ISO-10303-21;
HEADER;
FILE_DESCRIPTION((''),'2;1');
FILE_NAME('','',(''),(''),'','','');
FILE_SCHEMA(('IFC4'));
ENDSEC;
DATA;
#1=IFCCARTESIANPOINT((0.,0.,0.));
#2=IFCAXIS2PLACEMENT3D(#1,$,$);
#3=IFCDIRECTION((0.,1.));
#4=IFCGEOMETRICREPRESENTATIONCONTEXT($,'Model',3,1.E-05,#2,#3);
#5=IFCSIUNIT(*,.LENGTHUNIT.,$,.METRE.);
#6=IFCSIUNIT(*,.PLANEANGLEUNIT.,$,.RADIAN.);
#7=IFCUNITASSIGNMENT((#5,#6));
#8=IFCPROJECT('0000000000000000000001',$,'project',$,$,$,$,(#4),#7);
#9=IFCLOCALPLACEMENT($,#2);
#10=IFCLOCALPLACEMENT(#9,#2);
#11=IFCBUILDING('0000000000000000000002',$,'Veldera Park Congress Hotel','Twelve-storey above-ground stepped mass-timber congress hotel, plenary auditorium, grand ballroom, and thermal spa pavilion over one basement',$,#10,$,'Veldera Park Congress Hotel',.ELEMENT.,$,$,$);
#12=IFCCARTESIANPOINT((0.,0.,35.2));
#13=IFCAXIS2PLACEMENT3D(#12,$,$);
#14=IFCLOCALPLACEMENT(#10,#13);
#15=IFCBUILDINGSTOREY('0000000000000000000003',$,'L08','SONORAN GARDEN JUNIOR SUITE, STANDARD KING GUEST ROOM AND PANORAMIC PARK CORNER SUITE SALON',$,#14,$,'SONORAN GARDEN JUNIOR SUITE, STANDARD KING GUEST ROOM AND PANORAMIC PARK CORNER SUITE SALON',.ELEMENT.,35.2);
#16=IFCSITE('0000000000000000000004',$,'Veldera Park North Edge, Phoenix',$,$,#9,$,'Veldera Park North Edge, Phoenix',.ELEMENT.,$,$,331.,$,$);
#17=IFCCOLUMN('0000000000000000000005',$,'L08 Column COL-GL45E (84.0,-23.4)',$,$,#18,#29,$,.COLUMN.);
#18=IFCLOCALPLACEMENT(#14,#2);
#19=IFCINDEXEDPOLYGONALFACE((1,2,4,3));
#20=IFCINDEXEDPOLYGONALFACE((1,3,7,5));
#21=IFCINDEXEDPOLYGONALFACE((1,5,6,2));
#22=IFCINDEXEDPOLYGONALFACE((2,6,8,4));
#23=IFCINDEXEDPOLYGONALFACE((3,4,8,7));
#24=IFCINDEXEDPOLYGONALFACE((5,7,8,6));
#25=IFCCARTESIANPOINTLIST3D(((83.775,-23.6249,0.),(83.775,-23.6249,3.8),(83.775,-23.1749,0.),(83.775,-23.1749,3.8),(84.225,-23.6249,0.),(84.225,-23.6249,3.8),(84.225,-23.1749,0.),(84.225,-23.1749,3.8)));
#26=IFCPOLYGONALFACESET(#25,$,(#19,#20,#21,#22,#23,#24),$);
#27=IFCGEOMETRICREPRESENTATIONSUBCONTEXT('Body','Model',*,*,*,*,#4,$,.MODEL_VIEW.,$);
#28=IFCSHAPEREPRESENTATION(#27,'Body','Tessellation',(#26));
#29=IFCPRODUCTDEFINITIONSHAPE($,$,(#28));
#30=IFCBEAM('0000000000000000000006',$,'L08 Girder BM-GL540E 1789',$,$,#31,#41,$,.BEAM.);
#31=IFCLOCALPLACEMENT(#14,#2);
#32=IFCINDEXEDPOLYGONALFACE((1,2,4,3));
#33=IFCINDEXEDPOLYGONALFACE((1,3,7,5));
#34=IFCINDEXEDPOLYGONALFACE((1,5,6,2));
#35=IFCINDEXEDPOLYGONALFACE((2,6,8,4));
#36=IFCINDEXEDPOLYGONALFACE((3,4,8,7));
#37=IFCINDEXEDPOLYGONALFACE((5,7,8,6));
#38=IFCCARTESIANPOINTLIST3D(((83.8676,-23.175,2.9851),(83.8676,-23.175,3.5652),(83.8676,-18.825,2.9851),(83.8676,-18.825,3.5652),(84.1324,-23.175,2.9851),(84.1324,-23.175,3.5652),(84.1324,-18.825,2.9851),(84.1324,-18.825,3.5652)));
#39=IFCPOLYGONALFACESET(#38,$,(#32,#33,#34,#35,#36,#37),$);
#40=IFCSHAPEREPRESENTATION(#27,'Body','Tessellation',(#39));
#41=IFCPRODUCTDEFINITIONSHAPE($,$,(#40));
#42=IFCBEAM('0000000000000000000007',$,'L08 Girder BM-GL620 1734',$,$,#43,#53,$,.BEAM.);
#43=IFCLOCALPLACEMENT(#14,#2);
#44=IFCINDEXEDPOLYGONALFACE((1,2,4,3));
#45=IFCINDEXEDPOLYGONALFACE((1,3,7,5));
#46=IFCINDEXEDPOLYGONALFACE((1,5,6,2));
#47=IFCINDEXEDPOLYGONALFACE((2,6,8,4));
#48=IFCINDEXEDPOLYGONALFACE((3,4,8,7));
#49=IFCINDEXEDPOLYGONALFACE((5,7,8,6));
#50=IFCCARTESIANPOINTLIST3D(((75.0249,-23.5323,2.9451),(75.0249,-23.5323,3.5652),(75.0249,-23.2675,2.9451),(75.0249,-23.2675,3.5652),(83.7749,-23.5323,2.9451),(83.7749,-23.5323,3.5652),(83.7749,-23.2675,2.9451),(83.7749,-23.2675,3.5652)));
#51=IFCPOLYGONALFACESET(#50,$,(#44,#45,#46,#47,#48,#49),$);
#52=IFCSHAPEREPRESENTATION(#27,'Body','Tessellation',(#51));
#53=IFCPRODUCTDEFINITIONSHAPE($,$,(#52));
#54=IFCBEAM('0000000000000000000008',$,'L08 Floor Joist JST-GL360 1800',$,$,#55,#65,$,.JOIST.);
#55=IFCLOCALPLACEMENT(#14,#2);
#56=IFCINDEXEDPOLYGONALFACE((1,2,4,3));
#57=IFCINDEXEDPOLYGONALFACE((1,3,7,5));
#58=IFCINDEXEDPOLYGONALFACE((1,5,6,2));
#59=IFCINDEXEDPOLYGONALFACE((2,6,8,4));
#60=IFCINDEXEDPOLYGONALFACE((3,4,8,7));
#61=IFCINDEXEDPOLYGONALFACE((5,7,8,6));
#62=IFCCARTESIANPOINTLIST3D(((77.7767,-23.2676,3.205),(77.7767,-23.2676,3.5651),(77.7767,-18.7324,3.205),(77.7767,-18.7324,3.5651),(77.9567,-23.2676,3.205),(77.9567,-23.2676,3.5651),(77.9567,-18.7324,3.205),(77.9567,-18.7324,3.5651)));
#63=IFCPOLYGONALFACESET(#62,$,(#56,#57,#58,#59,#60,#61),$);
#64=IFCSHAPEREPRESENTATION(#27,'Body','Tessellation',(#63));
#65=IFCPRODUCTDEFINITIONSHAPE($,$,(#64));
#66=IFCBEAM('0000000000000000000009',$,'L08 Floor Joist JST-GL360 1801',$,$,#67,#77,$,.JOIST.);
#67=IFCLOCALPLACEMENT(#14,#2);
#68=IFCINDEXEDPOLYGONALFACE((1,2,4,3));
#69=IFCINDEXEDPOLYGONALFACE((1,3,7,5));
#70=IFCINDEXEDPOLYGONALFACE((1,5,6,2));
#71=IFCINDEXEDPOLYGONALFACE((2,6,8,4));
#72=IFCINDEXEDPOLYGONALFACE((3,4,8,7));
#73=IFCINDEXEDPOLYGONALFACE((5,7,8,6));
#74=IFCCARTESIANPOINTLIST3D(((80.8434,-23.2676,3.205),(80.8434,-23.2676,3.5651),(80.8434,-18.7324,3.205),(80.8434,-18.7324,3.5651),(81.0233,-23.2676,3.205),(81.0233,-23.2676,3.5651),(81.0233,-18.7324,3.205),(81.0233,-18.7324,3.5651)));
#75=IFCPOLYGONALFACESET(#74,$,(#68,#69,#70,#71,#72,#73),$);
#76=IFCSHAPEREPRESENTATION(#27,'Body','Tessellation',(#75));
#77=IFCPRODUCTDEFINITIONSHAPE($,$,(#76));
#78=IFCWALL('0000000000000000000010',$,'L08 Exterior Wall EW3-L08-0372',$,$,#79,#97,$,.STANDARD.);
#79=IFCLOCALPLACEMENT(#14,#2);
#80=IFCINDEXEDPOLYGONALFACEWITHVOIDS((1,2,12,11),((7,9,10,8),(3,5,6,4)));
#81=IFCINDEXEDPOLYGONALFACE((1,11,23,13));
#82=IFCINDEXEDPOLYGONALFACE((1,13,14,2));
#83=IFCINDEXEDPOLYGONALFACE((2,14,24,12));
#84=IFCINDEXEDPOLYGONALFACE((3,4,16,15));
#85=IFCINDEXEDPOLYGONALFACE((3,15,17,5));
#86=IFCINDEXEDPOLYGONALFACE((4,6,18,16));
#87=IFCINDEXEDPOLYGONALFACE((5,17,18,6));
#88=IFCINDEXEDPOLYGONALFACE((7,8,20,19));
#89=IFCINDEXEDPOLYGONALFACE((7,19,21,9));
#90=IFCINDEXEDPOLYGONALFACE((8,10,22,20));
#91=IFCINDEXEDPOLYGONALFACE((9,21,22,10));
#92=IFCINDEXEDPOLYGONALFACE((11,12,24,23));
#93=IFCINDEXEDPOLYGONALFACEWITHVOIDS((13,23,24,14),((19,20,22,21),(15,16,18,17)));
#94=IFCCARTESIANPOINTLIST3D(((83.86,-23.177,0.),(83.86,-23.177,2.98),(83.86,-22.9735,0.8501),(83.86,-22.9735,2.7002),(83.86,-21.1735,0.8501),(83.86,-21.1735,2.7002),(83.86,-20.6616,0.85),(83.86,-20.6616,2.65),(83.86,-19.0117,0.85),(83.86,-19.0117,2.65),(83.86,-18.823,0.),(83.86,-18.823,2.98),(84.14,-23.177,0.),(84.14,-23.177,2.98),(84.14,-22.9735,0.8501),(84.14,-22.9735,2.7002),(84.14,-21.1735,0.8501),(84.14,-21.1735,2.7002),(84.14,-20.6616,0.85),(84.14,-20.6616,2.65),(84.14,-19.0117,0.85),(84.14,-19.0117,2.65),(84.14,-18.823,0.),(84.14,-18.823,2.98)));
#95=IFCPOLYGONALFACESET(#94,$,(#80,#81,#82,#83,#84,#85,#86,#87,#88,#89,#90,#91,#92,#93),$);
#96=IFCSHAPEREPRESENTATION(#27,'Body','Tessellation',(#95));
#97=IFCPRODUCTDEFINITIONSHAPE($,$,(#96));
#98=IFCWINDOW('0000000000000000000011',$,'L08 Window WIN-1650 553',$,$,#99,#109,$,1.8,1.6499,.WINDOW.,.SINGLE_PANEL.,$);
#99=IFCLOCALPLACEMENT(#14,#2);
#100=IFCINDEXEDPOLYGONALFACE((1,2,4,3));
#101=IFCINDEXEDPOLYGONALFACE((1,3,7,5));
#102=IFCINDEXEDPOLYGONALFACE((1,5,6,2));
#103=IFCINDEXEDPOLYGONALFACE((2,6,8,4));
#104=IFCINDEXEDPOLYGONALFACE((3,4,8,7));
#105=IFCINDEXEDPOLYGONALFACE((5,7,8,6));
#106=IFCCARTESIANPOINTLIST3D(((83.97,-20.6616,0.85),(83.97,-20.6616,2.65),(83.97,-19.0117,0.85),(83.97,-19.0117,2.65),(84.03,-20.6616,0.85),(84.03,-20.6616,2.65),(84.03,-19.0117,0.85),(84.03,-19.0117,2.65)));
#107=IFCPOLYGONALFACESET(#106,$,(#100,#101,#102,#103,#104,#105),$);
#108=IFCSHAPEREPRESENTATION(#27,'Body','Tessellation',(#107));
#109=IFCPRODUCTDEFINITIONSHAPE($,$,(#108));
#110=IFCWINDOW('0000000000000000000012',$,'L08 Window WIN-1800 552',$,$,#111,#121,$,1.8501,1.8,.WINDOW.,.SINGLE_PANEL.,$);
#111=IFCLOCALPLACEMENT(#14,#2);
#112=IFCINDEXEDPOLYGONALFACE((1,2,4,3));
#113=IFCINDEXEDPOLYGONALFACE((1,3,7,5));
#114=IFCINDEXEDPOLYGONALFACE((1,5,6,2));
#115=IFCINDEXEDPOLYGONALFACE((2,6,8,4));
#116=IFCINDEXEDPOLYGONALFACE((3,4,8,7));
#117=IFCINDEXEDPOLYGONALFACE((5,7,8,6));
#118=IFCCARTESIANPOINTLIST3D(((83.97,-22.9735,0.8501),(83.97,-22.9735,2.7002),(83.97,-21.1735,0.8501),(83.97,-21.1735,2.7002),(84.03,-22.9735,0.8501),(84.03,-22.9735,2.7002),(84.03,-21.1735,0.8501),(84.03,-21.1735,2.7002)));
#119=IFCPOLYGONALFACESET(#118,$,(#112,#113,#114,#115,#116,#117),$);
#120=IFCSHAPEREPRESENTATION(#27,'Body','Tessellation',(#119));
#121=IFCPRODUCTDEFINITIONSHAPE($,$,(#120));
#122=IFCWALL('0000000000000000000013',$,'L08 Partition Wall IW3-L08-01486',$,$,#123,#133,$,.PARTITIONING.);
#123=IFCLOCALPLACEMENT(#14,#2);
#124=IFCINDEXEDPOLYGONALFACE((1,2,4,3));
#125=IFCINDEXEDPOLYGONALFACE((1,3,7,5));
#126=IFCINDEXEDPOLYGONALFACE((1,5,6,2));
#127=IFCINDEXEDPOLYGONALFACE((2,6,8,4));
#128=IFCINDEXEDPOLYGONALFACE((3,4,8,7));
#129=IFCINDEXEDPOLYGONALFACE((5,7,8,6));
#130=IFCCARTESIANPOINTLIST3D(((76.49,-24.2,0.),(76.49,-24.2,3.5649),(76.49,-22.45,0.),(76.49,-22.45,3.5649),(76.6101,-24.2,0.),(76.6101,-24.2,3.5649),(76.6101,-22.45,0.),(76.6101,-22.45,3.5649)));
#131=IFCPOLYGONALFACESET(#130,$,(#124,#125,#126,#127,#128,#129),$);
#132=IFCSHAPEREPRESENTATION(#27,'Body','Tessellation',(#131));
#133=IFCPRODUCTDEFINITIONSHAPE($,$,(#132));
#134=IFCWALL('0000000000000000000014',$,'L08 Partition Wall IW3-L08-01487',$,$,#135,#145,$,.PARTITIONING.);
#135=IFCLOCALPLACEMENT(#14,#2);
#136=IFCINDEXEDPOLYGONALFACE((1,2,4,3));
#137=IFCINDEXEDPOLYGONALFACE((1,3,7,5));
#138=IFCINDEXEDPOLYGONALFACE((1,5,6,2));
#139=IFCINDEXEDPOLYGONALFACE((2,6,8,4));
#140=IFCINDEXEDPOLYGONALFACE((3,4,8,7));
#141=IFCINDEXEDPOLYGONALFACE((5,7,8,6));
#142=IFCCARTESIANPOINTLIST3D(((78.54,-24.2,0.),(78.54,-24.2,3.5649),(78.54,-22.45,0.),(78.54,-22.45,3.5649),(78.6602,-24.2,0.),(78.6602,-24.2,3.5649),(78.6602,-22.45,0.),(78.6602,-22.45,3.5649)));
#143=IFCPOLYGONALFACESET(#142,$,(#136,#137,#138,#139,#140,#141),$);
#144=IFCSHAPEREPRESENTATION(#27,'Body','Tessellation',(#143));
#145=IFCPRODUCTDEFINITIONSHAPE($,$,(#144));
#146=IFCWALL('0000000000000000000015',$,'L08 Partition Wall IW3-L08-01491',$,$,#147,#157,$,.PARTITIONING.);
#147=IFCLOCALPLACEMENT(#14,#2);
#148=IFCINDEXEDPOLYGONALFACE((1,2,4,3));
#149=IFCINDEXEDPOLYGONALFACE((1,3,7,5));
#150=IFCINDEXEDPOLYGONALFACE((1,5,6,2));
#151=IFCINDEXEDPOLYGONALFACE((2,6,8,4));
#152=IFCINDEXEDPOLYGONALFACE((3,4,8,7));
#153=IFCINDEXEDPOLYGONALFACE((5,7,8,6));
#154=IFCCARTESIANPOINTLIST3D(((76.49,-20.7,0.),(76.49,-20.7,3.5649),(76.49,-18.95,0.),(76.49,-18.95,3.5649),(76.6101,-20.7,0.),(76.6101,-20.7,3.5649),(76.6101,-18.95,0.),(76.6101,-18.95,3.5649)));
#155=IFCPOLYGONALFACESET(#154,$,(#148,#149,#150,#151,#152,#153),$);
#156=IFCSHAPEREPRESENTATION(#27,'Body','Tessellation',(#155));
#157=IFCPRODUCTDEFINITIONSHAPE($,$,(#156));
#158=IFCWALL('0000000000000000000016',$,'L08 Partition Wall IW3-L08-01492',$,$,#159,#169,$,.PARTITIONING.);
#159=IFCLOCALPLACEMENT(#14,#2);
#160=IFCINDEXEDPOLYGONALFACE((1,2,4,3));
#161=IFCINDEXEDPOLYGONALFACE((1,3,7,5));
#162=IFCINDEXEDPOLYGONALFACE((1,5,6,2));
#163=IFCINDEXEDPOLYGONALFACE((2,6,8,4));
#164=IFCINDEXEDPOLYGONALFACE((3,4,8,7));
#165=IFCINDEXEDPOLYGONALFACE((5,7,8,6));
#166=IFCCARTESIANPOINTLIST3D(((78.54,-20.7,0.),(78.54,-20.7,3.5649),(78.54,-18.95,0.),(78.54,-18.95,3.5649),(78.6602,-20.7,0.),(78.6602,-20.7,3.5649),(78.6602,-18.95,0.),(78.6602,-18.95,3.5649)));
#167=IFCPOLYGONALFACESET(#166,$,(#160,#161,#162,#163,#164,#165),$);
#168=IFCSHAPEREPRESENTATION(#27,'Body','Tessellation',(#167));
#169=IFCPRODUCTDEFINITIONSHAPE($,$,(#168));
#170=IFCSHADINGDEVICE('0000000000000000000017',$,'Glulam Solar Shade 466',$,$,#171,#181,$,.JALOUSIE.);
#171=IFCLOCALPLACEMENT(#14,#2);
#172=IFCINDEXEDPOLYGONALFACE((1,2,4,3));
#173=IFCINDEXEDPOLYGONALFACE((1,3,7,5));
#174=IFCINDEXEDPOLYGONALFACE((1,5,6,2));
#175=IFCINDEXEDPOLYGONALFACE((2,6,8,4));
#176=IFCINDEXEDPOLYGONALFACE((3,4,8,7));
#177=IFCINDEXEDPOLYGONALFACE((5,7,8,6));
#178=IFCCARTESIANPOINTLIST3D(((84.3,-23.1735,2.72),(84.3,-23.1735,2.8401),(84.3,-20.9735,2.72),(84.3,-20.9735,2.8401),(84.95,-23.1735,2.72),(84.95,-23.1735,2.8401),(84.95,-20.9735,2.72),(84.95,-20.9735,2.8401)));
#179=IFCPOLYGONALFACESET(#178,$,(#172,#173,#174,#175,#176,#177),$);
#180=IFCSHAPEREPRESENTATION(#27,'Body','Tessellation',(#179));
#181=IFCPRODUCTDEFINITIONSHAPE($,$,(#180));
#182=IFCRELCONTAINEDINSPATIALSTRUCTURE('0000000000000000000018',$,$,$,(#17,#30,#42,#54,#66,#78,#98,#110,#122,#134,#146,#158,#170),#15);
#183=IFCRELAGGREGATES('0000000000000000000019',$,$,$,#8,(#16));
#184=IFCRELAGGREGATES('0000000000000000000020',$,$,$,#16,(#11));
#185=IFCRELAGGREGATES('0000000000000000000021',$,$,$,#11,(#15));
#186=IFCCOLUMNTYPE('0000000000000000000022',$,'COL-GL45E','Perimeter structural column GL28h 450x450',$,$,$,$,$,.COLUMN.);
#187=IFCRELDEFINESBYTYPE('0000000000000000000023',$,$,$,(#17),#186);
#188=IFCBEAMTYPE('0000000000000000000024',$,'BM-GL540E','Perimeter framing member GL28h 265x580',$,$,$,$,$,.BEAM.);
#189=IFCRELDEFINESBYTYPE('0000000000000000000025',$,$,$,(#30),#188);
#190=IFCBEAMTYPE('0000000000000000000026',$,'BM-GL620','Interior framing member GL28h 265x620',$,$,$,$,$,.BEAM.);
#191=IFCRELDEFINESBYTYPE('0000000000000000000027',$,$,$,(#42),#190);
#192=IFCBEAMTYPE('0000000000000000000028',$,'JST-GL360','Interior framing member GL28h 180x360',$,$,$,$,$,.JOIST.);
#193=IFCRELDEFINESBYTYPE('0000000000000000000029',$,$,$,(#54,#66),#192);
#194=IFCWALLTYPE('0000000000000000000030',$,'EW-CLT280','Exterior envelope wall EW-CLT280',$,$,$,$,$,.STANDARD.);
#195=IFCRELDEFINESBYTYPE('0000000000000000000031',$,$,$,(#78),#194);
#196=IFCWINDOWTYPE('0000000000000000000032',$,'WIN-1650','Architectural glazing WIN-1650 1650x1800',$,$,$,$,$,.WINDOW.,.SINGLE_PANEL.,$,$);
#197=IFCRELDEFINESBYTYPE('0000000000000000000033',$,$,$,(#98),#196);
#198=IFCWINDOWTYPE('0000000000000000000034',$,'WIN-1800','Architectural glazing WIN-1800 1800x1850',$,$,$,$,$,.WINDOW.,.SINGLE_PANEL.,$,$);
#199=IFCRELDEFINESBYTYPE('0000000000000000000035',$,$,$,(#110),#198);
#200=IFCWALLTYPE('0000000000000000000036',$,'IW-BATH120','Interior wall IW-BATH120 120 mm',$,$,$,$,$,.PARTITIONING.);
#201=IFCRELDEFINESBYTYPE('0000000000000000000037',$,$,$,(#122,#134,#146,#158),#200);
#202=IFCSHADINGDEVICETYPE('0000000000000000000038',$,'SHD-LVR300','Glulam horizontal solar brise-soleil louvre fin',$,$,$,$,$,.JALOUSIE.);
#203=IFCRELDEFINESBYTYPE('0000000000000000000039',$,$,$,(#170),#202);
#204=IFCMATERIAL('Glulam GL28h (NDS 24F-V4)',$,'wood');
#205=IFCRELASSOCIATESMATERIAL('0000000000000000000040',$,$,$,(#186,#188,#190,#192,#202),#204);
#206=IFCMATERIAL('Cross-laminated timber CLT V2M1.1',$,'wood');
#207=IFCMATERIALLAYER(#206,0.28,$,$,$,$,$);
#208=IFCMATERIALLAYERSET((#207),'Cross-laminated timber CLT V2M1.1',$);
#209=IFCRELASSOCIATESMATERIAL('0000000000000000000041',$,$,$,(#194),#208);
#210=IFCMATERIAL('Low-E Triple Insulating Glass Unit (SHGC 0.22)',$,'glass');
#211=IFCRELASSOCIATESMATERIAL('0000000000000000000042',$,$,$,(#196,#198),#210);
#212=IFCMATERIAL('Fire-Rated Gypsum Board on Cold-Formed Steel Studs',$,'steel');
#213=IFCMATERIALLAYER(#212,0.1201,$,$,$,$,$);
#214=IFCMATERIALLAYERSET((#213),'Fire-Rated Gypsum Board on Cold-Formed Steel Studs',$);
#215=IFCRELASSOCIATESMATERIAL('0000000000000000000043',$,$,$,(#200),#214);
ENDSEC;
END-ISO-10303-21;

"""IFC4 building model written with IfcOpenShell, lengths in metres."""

from ifc_helpers import new_model, si_unit, direction, frame, frame_2d, origin, origin_2d, place, context, subcontext, project, spatial, rectangle, extrude, material, layer, layer_set, material_profile, profile_set, type_object, element, fill, save


model = new_model("IFC4")

# Units and contexts
model_context = context("Model", 3, precision=1e-05, world=origin(), true_north=direction((0.0, 1.0)))
body_context = subcontext(model_context, "Body", "Model", "MODEL_VIEW")
ifc_project = project(units=[si_unit("LENGTHUNIT", "METRE"), si_unit("PLANEANGLEUNIT", "RADIAN")], contexts=[model_context])

# Site, building, storey
site_placement = place(None, origin())
site = spatial("IfcSite", under=ifc_project, at=site_placement, Name="Veldera Park North Edge, Phoenix", LongName="Veldera Park North Edge, Phoenix", CompositionType="ELEMENT", RefElevation=331.0)
building_placement = place(site_placement, origin())
building = spatial("IfcBuilding", under=site, at=building_placement, Name="Veldera Park Congress Hotel", Description="Twelve-storey above-ground stepped mass-timber congress hotel, plenary auditorium, grand ballroom, and thermal spa pavilion over one basement", LongName="Veldera Park Congress Hotel", CompositionType="ELEMENT")
storey_placement = place(building_placement, frame((0.0, 0.0, 35.2)))
storey = spatial("IfcBuildingStorey", under=building, at=storey_placement, Name="L08", Description="SONORAN GARDEN JUNIOR SUITE, STANDARD KING GUEST ROOM AND PANORAMIC PARK CORNER SUITE SALON", LongName="SONORAN GARDEN JUNIOR SUITE, STANDARD KING GUEST ROOM AND PANORAMIC PARK CORNER SUITE SALON", CompositionType="ELEMENT", Elevation=35.2)

# Column
ifc_material_1 = material(Name="Glulam GL28h (NDS 24F-V4)", Category="wood")
ifc_material_profile_1 = material_profile(ifc_material_1, rectangle(XDim=0.45, YDim=0.45, at=origin_2d()), Name="GL28h 450x450")
ifc_profile_set_1 = profile_set([ifc_material_profile_1], Name="Glulam GL28h (NDS 24F-V4)")
column_type = type_object("IfcColumnType", Name="COL-GL45E", Description="Perimeter structural column GL28h 450x450", PredefinedType="COLUMN", material=ifc_profile_set_1)
column_placement = place(storey_placement, frame((84.0, -23.3999, 0.0), z_axis=(0.0, 0.0, 1.0), x_axis=(1.0, 0.0, 0.0)))
element("IfcColumn", 1, at=column_placement, inside=storey, type_object=column_type, Name="L08 Column COL-GL45E (84.0,-23.4)", PredefinedType="COLUMN", context=body_context, shape_type="SweptSolid", body=[
    extrude(rectangle(XDim=0.45, YDim=0.45, at=origin_2d()), origin(), (0.0, 0.0, 1.0), 3.8),
])

# Beams
ifc_material_profile_2 = material_profile(ifc_material_1, rectangle(XDim=0.2649, YDim=0.5801, at=origin_2d()), Name="GL28h 265x580")
ifc_profile_set_2 = profile_set([ifc_material_profile_2], Name="Glulam GL28h (NDS 24F-V4)")
beam_type_1 = type_object("IfcBeamType", Name="BM-GL540E", Description="Perimeter framing member GL28h 265x580", PredefinedType="BEAM", material=ifc_profile_set_2)
beam_1_placement = place(storey_placement, frame((84.0, -23.175, 3.2751), z_axis=(0.0, 1.0, 0.0), x_axis=(-1.0, 0.0, 0.0)))
element("IfcBeam", 2, at=beam_1_placement, inside=storey, type_object=beam_type_1, Name="L08 Girder BM-GL540E 1789", PredefinedType="BEAM", context=body_context, shape_type="SweptSolid", body=[
    extrude(rectangle(XDim=0.2649, YDim=0.5801, at=origin_2d()), origin(), (0.0, 0.0, 1.0), 4.3501),
])
ifc_material_profile_3 = material_profile(ifc_material_1, rectangle(XDim=0.2649, YDim=0.6201, at=origin_2d()), Name="GL28h 265x620")
ifc_profile_set_3 = profile_set([ifc_material_profile_3], Name="Glulam GL28h (NDS 24F-V4)")
beam_type_2 = type_object("IfcBeamType", Name="BM-GL620", Description="Interior framing member GL28h 265x620", PredefinedType="BEAM", material=ifc_profile_set_3)
beam_2_placement = place(storey_placement, frame((75.0249, -23.3999, 3.2551), z_axis=(1.0, 0.0, 0.0), x_axis=(0.0, 1.0, 0.0)))
element("IfcBeam", 3, at=beam_2_placement, inside=storey, type_object=beam_type_2, Name="L08 Girder BM-GL620 1734", PredefinedType="BEAM", context=body_context, shape_type="SweptSolid", body=[
    extrude(rectangle(XDim=0.2649, YDim=0.6201, at=origin_2d()), origin(), (0.0, 0.0, 1.0), 8.75),
])
ifc_material_profile_4 = material_profile(ifc_material_1, rectangle(XDim=0.1799, YDim=0.3601, at=origin_2d()), Name="GL28h 180x360")
ifc_profile_set_4 = profile_set([ifc_material_profile_4], Name="Glulam GL28h (NDS 24F-V4)")
beam_type_3 = type_object("IfcBeamType", Name="JST-GL360", Description="Interior framing member GL28h 180x360", PredefinedType="JOIST", material=ifc_profile_set_4)
for number, where, z_axis, x_axis, name in (
    (4, (77.8667, -23.2676, 3.385), (0.0, 1.0, 0.0), (-1.0, 0.0, 0.0), "L08 Floor Joist JST-GL360 1800"),
    (5, (80.9333, -23.2676, 3.385), (0.0, 1.0, 0.0), (-1.0, 0.0, 0.0), "L08 Floor Joist JST-GL360 1801"),
):
    element("IfcBeam", number, at=place(storey_placement, frame(where, z_axis=z_axis, x_axis=x_axis)), inside=storey, type_object=beam_type_3, Name=name, PredefinedType="JOIST", context=body_context, shape_type="SweptSolid", body=[
        extrude(rectangle(XDim=0.1799, YDim=0.3601, at=origin_2d()), origin(), (0.0, 0.0, 1.0), 4.5352),
    ])

# Wall, openings, windows
ifc_material_2 = material(Name="Cross-laminated timber CLT V2M1.1", Category="wood")
ifc_layer_1 = layer(ifc_material_2, 0.28)
ifc_layer_set_1 = layer_set([ifc_layer_1], Name="Cross-laminated timber CLT V2M1.1")
wall_type_1 = type_object("IfcWallType", Name="EW-CLT280", Description="Exterior envelope wall EW-CLT280", PredefinedType="STANDARD", material=ifc_layer_set_1)
wall_1_placement = place(storey_placement, frame((84.0, -23.177, 0.0), z_axis=(0.0, 0.0, 1.0), x_axis=(0.0, 1.0, 0.0)))
wall_1 = element("IfcWall", 6, at=wall_1_placement, inside=storey, type_object=wall_type_1, Name="L08 Exterior Wall EW3-L08-0372", PredefinedType="STANDARD", context=body_context, shape_type="SweptSolid", body=[
    extrude(rectangle(XDim=4.354, YDim=0.28, at=frame_2d((2.177, 0.0))), origin(), (0.0, 0.0, 1.0), 2.98),
])
opening_1_placement = place(wall_1_placement, frame((0.2036, 0.0, 0.8501)))
opening_1 = element("IfcOpeningElement", 7, at=opening_1_placement, cuts=wall_1, PredefinedType="OPENING", context=body_context, shape_type="SweptSolid", body=[
    extrude(rectangle(XDim=1.8, YDim=1.8501, at=frame_2d((0.8999, 0.925))), frame((0.0, 0.1521, 0.0), z_axis=(0.0, -1.0, 0.0), x_axis=(1.0, 0.0, 0.0)), (0.0, 0.0, 1.0), 0.304),
])
opening_2_placement = place(wall_1_placement, frame((2.5154, 0.0, 0.8501)))
opening_2 = element("IfcOpeningElement", 8, at=opening_2_placement, cuts=wall_1, PredefinedType="OPENING", context=body_context, shape_type="SweptSolid", body=[
    extrude(rectangle(XDim=1.6499, YDim=1.8, at=frame_2d((0.825, 0.8999))), frame((0.0, 0.1521, 0.0), z_axis=(0.0, -1.0, 0.0), x_axis=(1.0, 0.0, 0.0)), (0.0, 0.0, 1.0), 0.304),
])
ifc_material_3 = material(Name="Low-E Triple Insulating Glass Unit (SHGC 0.22)", Category="glass")
window_type_1 = type_object("IfcWindowType", Name="WIN-1650", Description="Architectural glazing WIN-1650 1650x1800", PartitioningType="SINGLE_PANEL", PredefinedType="WINDOW", material=ifc_material_3)
window_1_placement = place(opening_2_placement, origin())
window_1 = element("IfcWindow", 9, at=window_1_placement, inside=storey, type_object=window_type_1, Name="L08 Window WIN-1650 553", OverallHeight=1.8, OverallWidth=1.6499, PartitioningType="SINGLE_PANEL", PredefinedType="WINDOW", context=body_context, shape_type="SweptSolid", body=[
    extrude(rectangle(XDim=1.6499, YDim=1.8, at=frame_2d((0.825, 0.8999))), frame((0.0, 0.03, 0.0), z_axis=(0.0, -1.0, 0.0), x_axis=(1.0, 0.0, 0.0)), (0.0, 0.0, 1.0), 0.0601),
])
fill(opening_2, window_1)
window_type_2 = type_object("IfcWindowType", Name="WIN-1800", Description="Architectural glazing WIN-1800 1800x1850", PartitioningType="SINGLE_PANEL", PredefinedType="WINDOW", material=ifc_material_3)
window_2_placement = place(opening_1_placement, origin())
window_2 = element("IfcWindow", 10, at=window_2_placement, inside=storey, type_object=window_type_2, Name="L08 Window WIN-1800 552", OverallHeight=1.8501, OverallWidth=1.8, PartitioningType="SINGLE_PANEL", PredefinedType="WINDOW", context=body_context, shape_type="SweptSolid", body=[
    extrude(rectangle(XDim=1.8, YDim=1.8501, at=frame_2d((0.8999, 0.925))), frame((0.0, 0.03, 0.0), z_axis=(0.0, -1.0, 0.0), x_axis=(1.0, 0.0, 0.0)), (0.0, 0.0, 1.0), 0.0601),
])
fill(opening_1, window_2)

# Walls
ifc_material_4 = material(Name="Fire-Rated Gypsum Board on Cold-Formed Steel Studs", Category="steel")
ifc_layer_2 = layer(ifc_material_4, 0.1201)
ifc_layer_set_2 = layer_set([ifc_layer_2], Name="Fire-Rated Gypsum Board on Cold-Formed Steel Studs")
wall_type_2 = type_object("IfcWallType", Name="IW-BATH120", Description="Interior wall IW-BATH120 120 mm", PredefinedType="PARTITIONING", material=ifc_layer_set_2)
for number, where, z_axis, x_axis, name in (
    (11, (76.55, -24.2, 0.0), (0.0, 0.0, 1.0), (0.0, 1.0, 0.0), "L08 Partition Wall IW3-L08-01486"),
    (12, (78.6001, -24.2, 0.0), (0.0, 0.0, 1.0), (0.0, 1.0, 0.0), "L08 Partition Wall IW3-L08-01487"),
):
    element("IfcWall", number, at=place(storey_placement, frame(where, z_axis=z_axis, x_axis=x_axis)), inside=storey, type_object=wall_type_2, Name=name, PredefinedType="PARTITIONING", context=body_context, shape_type="SweptSolid", body=[
        extrude(rectangle(XDim=1.75, YDim=0.1201, at=frame_2d((0.875, 0.0))), origin(), (0.0, 0.0, 1.0), 3.5649),
    ])

# Walls
for number, where, z_axis, x_axis, name in (
    (13, (76.55, -20.7, 0.0), (0.0, 0.0, 1.0), (0.0, 1.0, 0.0), "L08 Partition Wall IW3-L08-01491"),
    (14, (78.6001, -20.7, 0.0), (0.0, 0.0, 1.0), (0.0, 1.0, 0.0), "L08 Partition Wall IW3-L08-01492"),
):
    element("IfcWall", number, at=place(storey_placement, frame(where, z_axis=z_axis, x_axis=x_axis)), inside=storey, type_object=wall_type_2, Name=name, PredefinedType="PARTITIONING", context=body_context, shape_type="SweptSolid", body=[
        extrude(rectangle(XDim=1.75, YDim=0.1201, at=frame_2d((0.875, 0.0))), origin(), (0.0, 0.0, 1.0), 3.5649),
    ])

# Shading device
shading_device_type = type_object("IfcShadingDeviceType", Name="SHD-LVR300", Description="Glulam horizontal solar brise-soleil louvre fin", PredefinedType="JALOUSIE", material=ifc_material_1)
shading_device_1_placement = place(storey_placement, frame((84.625, -22.0735, 2.72), z_axis=(0.0, 0.0, 1.0), x_axis=(0.0, 1.0, 0.0)))
element("IfcShadingDevice", 15, at=shading_device_1_placement, inside=storey, type_object=shading_device_type, Name="Glulam Solar Shade 466", PredefinedType="JALOUSIE", context=body_context, shape_type="SweptSolid", body=[
    extrude(rectangle(XDim=2.2, YDim=0.6499, at=origin_2d()), origin(), (0.0, 0.0, 1.0), 0.1201),
])

save(model, "model.ifc")
